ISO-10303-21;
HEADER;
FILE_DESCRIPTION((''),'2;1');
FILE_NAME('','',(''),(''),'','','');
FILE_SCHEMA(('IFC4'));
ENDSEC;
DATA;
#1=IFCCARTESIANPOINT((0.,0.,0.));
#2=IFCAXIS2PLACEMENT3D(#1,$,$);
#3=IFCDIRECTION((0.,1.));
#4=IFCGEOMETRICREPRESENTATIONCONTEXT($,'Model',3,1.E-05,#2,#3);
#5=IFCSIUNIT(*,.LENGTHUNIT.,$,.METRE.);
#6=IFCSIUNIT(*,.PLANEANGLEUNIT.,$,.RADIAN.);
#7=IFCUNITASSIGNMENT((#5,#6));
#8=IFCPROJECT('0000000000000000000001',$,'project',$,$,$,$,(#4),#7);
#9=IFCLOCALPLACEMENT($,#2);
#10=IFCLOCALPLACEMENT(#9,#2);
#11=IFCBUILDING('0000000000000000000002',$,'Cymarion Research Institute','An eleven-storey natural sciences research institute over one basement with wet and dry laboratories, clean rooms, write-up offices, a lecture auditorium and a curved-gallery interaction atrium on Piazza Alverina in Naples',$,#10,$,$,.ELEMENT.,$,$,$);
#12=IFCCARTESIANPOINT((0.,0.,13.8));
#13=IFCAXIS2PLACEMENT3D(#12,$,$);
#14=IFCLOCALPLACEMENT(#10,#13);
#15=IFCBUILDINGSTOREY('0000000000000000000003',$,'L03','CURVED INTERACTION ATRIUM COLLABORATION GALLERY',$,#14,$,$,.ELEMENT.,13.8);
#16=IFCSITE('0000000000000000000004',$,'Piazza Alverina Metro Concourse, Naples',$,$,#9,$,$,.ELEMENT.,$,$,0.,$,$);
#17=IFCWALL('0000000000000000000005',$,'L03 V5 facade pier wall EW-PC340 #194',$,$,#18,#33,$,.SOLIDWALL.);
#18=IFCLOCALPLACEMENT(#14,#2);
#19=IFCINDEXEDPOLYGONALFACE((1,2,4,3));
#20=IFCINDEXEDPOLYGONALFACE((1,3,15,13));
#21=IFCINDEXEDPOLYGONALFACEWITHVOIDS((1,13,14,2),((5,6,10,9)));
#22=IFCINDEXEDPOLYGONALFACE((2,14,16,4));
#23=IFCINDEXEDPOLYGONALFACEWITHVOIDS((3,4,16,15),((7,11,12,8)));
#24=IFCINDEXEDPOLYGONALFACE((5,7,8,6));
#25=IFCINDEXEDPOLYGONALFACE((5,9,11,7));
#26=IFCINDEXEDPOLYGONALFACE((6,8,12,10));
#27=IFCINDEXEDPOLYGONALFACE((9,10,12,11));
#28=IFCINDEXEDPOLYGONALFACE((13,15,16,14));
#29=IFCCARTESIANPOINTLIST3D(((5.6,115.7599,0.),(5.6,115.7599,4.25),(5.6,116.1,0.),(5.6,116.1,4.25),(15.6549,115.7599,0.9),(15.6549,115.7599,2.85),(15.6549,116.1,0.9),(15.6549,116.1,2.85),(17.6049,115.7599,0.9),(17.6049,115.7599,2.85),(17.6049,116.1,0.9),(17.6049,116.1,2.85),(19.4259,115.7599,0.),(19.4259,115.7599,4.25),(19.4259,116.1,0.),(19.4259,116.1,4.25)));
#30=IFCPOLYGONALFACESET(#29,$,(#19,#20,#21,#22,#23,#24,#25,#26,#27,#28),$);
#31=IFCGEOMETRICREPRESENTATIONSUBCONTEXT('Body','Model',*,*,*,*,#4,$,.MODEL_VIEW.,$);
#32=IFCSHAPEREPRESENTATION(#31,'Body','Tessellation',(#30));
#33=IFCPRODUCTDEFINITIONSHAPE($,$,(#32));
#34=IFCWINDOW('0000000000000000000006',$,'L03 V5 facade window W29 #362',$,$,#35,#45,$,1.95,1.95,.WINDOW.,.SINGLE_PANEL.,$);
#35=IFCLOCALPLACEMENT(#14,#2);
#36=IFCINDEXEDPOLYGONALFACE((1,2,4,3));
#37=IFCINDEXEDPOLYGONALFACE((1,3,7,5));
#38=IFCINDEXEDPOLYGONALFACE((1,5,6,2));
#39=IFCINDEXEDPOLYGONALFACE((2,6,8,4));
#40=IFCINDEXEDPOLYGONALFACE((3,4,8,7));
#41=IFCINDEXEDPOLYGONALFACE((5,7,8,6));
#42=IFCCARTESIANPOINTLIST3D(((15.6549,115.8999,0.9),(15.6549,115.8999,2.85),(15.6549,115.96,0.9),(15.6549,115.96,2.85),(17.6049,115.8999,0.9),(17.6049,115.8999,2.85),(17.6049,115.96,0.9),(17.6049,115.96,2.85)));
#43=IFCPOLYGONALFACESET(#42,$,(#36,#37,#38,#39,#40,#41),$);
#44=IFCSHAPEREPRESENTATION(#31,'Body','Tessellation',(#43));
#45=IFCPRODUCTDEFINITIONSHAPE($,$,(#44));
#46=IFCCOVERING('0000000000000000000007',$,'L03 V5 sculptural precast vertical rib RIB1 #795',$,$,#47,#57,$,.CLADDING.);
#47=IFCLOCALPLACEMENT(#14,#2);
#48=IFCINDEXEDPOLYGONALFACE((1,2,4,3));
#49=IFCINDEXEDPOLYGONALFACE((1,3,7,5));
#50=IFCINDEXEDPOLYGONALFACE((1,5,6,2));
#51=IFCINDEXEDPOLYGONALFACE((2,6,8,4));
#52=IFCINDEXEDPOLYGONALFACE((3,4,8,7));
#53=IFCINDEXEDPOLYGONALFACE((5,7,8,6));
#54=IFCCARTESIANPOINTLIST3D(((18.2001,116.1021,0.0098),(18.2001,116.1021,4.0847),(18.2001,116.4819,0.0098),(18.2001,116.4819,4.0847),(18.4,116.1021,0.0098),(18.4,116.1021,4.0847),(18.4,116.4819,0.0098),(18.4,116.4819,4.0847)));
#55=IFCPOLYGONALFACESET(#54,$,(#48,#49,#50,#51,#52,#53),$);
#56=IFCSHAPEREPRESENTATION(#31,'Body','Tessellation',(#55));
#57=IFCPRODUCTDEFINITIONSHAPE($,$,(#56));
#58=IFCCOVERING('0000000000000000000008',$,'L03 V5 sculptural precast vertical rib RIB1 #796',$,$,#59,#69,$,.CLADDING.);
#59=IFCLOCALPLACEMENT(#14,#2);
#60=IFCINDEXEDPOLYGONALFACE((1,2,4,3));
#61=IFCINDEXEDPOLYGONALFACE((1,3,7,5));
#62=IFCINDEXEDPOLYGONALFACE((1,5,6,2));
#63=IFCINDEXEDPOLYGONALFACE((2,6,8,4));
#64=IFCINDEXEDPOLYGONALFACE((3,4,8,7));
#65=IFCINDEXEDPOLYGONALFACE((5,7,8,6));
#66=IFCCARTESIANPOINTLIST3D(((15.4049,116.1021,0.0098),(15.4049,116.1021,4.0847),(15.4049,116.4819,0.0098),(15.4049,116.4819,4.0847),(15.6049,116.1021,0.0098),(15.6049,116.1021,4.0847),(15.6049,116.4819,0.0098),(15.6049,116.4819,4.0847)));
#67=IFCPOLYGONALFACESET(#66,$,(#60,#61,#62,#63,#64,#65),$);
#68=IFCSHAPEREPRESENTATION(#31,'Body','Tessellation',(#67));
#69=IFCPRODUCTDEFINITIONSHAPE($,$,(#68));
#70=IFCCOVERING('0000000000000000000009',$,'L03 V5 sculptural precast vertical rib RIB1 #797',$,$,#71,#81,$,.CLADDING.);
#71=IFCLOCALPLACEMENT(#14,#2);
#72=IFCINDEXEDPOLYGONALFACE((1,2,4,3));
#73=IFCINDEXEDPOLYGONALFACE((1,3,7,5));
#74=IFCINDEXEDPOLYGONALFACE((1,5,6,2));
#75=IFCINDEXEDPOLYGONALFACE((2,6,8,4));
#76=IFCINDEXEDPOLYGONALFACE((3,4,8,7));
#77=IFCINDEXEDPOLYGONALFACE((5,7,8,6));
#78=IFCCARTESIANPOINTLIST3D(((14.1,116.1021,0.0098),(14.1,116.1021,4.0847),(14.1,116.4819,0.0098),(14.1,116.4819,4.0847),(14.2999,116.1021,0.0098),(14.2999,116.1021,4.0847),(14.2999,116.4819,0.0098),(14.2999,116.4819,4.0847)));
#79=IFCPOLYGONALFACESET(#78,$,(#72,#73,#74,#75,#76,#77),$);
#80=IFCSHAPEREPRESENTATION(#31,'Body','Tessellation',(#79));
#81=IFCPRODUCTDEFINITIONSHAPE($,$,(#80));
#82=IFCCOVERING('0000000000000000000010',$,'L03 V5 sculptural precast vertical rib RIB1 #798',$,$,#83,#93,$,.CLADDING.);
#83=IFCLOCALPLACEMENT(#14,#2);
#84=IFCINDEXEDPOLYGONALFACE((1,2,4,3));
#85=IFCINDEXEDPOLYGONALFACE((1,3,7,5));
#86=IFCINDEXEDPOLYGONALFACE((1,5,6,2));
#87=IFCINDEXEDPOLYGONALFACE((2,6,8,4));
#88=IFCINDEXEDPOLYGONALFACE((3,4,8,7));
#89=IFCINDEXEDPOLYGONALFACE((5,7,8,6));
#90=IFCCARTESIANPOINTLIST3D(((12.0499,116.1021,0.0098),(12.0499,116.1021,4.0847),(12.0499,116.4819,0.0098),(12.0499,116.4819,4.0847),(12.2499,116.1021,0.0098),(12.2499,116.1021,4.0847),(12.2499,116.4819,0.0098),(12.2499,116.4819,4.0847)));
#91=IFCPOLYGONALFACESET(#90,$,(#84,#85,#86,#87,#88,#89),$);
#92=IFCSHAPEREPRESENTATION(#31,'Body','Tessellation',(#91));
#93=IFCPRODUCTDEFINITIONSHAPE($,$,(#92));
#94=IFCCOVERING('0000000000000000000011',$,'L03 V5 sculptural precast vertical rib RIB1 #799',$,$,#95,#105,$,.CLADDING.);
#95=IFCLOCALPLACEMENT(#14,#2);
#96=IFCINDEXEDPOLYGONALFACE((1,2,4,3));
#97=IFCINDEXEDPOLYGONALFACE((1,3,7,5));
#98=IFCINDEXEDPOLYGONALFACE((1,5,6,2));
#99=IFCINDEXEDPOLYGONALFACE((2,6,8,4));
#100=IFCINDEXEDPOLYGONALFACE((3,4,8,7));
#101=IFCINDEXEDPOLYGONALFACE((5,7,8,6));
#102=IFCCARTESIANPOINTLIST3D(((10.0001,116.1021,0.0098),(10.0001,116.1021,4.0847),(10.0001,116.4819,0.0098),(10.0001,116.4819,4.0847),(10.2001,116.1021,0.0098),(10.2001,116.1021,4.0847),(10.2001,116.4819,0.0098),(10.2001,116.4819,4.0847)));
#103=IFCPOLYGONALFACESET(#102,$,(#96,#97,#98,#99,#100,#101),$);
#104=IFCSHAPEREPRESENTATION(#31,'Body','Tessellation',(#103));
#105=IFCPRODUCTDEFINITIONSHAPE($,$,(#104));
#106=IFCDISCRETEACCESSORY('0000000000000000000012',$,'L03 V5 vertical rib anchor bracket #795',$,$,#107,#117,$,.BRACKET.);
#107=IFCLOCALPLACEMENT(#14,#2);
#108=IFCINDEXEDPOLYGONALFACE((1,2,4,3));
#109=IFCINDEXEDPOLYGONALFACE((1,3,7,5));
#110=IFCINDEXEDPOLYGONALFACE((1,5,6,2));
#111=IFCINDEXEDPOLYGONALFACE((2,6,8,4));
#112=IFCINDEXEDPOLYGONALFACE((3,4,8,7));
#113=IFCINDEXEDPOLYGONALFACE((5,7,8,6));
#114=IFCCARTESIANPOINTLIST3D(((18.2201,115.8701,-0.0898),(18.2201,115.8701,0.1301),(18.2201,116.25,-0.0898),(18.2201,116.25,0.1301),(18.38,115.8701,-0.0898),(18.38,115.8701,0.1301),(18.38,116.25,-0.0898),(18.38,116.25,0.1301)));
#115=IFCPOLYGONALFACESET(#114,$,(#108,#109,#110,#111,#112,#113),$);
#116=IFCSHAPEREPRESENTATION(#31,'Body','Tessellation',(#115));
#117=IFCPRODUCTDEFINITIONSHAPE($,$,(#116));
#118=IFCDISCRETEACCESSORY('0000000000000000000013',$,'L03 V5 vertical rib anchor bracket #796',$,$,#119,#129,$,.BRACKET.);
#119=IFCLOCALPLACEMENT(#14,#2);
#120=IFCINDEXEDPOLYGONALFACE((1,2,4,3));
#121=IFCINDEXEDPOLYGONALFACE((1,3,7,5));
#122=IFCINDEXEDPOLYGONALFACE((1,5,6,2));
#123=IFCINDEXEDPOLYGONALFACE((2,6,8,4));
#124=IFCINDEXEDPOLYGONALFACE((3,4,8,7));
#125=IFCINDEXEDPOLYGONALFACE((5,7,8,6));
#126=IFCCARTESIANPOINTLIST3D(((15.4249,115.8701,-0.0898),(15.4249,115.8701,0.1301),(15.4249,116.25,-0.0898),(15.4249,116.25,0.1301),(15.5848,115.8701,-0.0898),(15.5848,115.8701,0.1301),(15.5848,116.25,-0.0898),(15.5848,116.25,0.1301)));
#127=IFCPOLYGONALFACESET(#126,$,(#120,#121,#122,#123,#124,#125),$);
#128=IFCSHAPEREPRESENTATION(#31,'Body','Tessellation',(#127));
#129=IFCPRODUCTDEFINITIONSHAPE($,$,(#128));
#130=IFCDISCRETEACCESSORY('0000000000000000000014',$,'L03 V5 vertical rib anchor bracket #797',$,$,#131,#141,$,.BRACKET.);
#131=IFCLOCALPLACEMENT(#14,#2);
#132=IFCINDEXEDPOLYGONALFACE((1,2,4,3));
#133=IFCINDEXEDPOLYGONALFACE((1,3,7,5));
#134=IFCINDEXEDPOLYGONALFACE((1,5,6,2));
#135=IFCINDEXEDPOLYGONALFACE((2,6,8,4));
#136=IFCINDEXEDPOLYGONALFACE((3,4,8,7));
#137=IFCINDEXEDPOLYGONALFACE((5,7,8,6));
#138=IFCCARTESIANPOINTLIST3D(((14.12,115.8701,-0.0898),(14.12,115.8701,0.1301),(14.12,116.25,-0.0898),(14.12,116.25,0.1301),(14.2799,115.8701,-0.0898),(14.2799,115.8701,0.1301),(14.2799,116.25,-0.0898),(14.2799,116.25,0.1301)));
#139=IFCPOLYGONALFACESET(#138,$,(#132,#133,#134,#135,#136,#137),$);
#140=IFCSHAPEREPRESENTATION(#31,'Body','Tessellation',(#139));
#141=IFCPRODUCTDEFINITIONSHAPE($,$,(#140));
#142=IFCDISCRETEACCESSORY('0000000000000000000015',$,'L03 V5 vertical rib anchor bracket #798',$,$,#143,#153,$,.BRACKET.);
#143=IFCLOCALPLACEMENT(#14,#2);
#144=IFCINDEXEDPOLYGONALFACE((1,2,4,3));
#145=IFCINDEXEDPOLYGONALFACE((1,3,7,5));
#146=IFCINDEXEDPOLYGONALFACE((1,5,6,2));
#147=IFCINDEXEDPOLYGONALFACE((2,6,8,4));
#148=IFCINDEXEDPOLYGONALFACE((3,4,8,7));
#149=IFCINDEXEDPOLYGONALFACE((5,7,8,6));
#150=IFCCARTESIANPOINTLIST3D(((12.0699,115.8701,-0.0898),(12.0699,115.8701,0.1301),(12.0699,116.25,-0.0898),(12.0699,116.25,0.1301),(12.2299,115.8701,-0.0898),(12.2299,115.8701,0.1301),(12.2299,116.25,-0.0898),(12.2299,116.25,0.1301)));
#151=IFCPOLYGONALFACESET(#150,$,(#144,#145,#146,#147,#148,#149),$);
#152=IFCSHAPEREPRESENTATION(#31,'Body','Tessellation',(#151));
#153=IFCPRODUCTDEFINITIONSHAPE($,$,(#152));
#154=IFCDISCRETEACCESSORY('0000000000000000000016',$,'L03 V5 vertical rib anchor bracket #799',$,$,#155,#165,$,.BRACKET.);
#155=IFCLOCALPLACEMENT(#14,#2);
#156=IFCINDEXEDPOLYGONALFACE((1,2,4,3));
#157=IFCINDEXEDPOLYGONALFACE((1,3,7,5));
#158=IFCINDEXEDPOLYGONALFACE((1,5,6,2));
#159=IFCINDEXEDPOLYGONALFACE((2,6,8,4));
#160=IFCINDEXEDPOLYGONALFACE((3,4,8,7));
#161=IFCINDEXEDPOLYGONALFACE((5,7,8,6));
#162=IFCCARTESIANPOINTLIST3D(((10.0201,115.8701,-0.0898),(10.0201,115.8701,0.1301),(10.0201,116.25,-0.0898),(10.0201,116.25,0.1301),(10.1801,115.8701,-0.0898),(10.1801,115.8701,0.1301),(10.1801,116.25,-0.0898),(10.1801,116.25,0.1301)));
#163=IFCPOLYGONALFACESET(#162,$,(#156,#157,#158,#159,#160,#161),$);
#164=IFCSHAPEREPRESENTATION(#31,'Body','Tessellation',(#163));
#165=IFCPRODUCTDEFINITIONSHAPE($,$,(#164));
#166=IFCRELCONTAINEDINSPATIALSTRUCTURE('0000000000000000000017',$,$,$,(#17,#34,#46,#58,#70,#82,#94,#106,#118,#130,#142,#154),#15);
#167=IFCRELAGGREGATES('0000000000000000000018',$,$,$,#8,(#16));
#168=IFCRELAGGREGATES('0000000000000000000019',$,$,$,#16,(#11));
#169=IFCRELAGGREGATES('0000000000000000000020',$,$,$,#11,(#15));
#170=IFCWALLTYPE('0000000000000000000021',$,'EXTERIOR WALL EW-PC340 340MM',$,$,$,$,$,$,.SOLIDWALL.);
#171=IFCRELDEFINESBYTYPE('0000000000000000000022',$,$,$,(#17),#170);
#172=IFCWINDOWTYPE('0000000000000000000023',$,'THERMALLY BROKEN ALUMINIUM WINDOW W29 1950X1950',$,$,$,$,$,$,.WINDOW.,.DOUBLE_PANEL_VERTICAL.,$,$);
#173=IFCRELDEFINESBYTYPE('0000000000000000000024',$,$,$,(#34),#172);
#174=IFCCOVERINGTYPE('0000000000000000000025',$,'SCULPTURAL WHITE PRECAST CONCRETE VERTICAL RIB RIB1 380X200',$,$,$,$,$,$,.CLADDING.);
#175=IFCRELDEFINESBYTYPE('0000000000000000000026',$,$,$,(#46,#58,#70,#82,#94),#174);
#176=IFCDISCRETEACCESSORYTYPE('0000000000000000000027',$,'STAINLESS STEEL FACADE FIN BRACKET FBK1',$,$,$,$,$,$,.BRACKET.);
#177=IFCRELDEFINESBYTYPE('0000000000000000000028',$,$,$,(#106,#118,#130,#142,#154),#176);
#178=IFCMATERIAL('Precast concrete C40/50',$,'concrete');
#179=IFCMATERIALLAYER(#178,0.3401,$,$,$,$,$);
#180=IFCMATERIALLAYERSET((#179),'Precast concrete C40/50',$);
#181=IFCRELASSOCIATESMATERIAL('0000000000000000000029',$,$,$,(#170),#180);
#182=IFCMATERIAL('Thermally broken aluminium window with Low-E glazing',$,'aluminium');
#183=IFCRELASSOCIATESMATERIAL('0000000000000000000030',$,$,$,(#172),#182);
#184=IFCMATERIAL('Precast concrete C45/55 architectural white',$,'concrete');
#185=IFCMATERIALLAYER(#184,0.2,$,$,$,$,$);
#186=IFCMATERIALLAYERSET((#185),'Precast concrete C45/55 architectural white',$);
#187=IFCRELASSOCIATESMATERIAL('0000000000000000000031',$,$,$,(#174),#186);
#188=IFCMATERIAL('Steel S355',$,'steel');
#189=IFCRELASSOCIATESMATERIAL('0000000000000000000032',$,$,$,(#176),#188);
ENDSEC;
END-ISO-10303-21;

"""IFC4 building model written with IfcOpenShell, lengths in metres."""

from ifc_helpers import new_model, si_unit, direction, frame, frame_2d, origin, origin_2d, place, context, subcontext, project, spatial, rectangle, extrude, material, layer, layer_set, type_object, element, fill, save


model = new_model("IFC4")

# Units and contexts
model_context = context("Model", 3, precision=1e-05, world=origin(), true_north=direction((0.0, 1.0)))
body_context = subcontext(model_context, "Body", "Model", "MODEL_VIEW")
ifc_project = project(units=[si_unit("LENGTHUNIT", "METRE"), si_unit("PLANEANGLEUNIT", "RADIAN")], contexts=[model_context])

# Site, building, storey
site_placement = place(None, origin())
site = spatial("IfcSite", under=ifc_project, at=site_placement, Name="Piazza Alverina Metro Concourse, Naples", CompositionType="ELEMENT", RefElevation=0.0)
building_placement = place(site_placement, origin())
building = spatial("IfcBuilding", under=site, at=building_placement, Name="Cymarion Research Institute", Description="An eleven-storey natural sciences research institute over one basement with wet and dry laboratories, clean rooms, write-up offices, a lecture auditorium and a curved-gallery interaction atrium on Piazza Alverina in Naples", CompositionType="ELEMENT")
storey_placement = place(building_placement, frame((0.0, 0.0, 13.8)))
storey = spatial("IfcBuildingStorey", under=building, at=storey_placement, Name="L03", Description="CURVED INTERACTION ATRIUM COLLABORATION GALLERY", CompositionType="ELEMENT", Elevation=13.8)

# Shared definitions
ifc_material_1 = material(Name="Steel S355", Category="steel")

# Wall, opening, window
ifc_material_2 = material(Name="Precast concrete C40/50", Category="concrete")
ifc_layer_1 = layer(ifc_material_2, 0.3401)
ifc_layer_set_1 = layer_set([ifc_layer_1], Name="Precast concrete C40/50")
wall_type = type_object("IfcWallType", Name="EXTERIOR WALL EW-PC340 340MM", PredefinedType="SOLIDWALL", material=ifc_layer_set_1)
wall_placement = place(storey_placement, frame((19.426, 115.9299, 0.0), z_axis=(0.0, 0.0, 1.0), x_axis=(-1.0, 0.0, 0.0)))
wall = element("IfcWall", 1, at=wall_placement, inside=storey, type_object=wall_type, Name="L03 V5 facade pier wall EW-PC340 #194", PredefinedType="SOLIDWALL", context=body_context, shape_type="SweptSolid", body=[
    extrude(rectangle(XDim=13.8259, YDim=0.3401, at=frame_2d((6.9131, 0.0))), origin(), (0.0, 0.0, 1.0), 4.25),
])
opening_placement = place(wall_placement, frame((1.821, 0.0, 0.8999)))
opening = element("IfcOpeningElement", 2, at=opening_placement, cuts=wall, PredefinedType="OPENING", context=body_context, shape_type="SweptSolid", body=[
    extrude(rectangle(XDim=1.95, YDim=1.95, at=frame_2d((0.9751, 0.9751))), frame((0.0, 0.1799, 0.0), z_axis=(0.0, -1.0, 0.0), x_axis=(1.0, 0.0, 0.0)), (0.0, 0.0, 1.0), 0.3601),
])
ifc_material_3 = material(Name="Thermally broken aluminium window with Low-E glazing", Category="aluminium")
window_type = type_object("IfcWindowType", Name="THERMALLY BROKEN ALUMINIUM WINDOW W29 1950X1950", PartitioningType="DOUBLE_PANEL_VERTICAL", PredefinedType="WINDOW", material=ifc_material_3)
window_placement = place(opening_placement, origin())
window = element("IfcWindow", 3, at=window_placement, inside=storey, type_object=window_type, Name="L03 V5 facade window W29 #362", OverallHeight=1.95, OverallWidth=1.95, PartitioningType="SINGLE_PANEL", PredefinedType="WINDOW", context=body_context, shape_type="SweptSolid", body=[
    extrude(rectangle(XDim=1.95, YDim=1.95, at=frame_2d((0.9751, 0.9751))), frame((0.0, 0.03, 0.0), z_axis=(0.0, -1.0, 0.0), x_axis=(1.0, 0.0, 0.0)), (0.0, 0.0, 1.0), 0.0601),
])
fill(opening, window)

# Coverings
ifc_material_4 = material(Name="Precast concrete C45/55 architectural white", Category="concrete")
ifc_layer_2 = layer(ifc_material_4, 0.2)
ifc_layer_set_2 = layer_set([ifc_layer_2], Name="Precast concrete C45/55 architectural white")
covering_type = type_object("IfcCoveringType", Name="SCULPTURAL WHITE PRECAST CONCRETE VERTICAL RIB RIB1 380X200", PredefinedType="CLADDING", material=ifc_layer_set_2)
for number, where, z_axis, x_axis, name in (
    (4, (18.3, 116.292, 0.0098), (0.0, 0.0, 1.0), (0.0, 1.0, 0.0), "L03 V5 sculptural precast vertical rib RIB1 #795"),
    (5, (15.5049, 116.292, 0.0098), (0.0, 0.0, 1.0), (0.0, 1.0, 0.0), "L03 V5 sculptural precast vertical rib RIB1 #796"),
    (6, (14.2, 116.292, 0.0098), (0.0, 0.0, 1.0), (0.0, 1.0, 0.0), "L03 V5 sculptural precast vertical rib RIB1 #797"),
    (7, (12.1499, 116.292, 0.0098), (0.0, 0.0, 1.0), (0.0, 1.0, 0.0), "L03 V5 sculptural precast vertical rib RIB1 #798"),
    (8, (10.1001, 116.292, 0.0098), (0.0, 0.0, 1.0), (0.0, 1.0, 0.0), "L03 V5 sculptural precast vertical rib RIB1 #799"),
):
    element("IfcCovering", number, at=place(storey_placement, frame(where, z_axis=z_axis, x_axis=x_axis)), inside=storey, type_object=covering_type, Name=name, PredefinedType="CLADDING", context=body_context, shape_type="SweptSolid", body=[
        extrude(rectangle(XDim=0.3799, YDim=0.2, at=origin_2d()), origin(), (0.0, 0.0, 1.0), 4.075),
    ])

# Discrete accessories
discrete_accessory_type = type_object("IfcDiscreteAccessoryType", Name="STAINLESS STEEL FACADE FIN BRACKET FBK1", PredefinedType="BRACKET", material=ifc_material_1)
for number, where, z_axis, x_axis, name in (
    (9, (18.3, 116.0601, -0.0898), (0.0, 0.0, 1.0), (0.0, 1.0, 0.0), "L03 V5 vertical rib anchor bracket #795"),
    (10, (15.5049, 116.0601, -0.0898), (0.0, 0.0, 1.0), (0.0, 1.0, 0.0), "L03 V5 vertical rib anchor bracket #796"),
    (11, (14.2, 116.0601, -0.0898), (0.0, 0.0, 1.0), (0.0, 1.0, 0.0), "L03 V5 vertical rib anchor bracket #797"),
    (12, (12.1499, 116.0601, -0.0898), (0.0, 0.0, 1.0), (0.0, 1.0, 0.0), "L03 V5 vertical rib anchor bracket #798"),
    (13, (10.1001, 116.0601, -0.0898), (0.0, 0.0, 1.0), (0.0, 1.0, 0.0), "L03 V5 vertical rib anchor bracket #799"),
):
    element("IfcDiscreteAccessory", number, at=place(storey_placement, frame(where, z_axis=z_axis, x_axis=x_axis)), inside=storey, type_object=discrete_accessory_type, Name=name, PredefinedType="BRACKET", context=body_context, shape_type="SweptSolid", body=[
        extrude(rectangle(XDim=0.3799, YDim=0.1599, at=origin_2d()), origin(), (0.0, 0.0, 1.0), 0.22),
    ])

save(model, "model.ifc")
